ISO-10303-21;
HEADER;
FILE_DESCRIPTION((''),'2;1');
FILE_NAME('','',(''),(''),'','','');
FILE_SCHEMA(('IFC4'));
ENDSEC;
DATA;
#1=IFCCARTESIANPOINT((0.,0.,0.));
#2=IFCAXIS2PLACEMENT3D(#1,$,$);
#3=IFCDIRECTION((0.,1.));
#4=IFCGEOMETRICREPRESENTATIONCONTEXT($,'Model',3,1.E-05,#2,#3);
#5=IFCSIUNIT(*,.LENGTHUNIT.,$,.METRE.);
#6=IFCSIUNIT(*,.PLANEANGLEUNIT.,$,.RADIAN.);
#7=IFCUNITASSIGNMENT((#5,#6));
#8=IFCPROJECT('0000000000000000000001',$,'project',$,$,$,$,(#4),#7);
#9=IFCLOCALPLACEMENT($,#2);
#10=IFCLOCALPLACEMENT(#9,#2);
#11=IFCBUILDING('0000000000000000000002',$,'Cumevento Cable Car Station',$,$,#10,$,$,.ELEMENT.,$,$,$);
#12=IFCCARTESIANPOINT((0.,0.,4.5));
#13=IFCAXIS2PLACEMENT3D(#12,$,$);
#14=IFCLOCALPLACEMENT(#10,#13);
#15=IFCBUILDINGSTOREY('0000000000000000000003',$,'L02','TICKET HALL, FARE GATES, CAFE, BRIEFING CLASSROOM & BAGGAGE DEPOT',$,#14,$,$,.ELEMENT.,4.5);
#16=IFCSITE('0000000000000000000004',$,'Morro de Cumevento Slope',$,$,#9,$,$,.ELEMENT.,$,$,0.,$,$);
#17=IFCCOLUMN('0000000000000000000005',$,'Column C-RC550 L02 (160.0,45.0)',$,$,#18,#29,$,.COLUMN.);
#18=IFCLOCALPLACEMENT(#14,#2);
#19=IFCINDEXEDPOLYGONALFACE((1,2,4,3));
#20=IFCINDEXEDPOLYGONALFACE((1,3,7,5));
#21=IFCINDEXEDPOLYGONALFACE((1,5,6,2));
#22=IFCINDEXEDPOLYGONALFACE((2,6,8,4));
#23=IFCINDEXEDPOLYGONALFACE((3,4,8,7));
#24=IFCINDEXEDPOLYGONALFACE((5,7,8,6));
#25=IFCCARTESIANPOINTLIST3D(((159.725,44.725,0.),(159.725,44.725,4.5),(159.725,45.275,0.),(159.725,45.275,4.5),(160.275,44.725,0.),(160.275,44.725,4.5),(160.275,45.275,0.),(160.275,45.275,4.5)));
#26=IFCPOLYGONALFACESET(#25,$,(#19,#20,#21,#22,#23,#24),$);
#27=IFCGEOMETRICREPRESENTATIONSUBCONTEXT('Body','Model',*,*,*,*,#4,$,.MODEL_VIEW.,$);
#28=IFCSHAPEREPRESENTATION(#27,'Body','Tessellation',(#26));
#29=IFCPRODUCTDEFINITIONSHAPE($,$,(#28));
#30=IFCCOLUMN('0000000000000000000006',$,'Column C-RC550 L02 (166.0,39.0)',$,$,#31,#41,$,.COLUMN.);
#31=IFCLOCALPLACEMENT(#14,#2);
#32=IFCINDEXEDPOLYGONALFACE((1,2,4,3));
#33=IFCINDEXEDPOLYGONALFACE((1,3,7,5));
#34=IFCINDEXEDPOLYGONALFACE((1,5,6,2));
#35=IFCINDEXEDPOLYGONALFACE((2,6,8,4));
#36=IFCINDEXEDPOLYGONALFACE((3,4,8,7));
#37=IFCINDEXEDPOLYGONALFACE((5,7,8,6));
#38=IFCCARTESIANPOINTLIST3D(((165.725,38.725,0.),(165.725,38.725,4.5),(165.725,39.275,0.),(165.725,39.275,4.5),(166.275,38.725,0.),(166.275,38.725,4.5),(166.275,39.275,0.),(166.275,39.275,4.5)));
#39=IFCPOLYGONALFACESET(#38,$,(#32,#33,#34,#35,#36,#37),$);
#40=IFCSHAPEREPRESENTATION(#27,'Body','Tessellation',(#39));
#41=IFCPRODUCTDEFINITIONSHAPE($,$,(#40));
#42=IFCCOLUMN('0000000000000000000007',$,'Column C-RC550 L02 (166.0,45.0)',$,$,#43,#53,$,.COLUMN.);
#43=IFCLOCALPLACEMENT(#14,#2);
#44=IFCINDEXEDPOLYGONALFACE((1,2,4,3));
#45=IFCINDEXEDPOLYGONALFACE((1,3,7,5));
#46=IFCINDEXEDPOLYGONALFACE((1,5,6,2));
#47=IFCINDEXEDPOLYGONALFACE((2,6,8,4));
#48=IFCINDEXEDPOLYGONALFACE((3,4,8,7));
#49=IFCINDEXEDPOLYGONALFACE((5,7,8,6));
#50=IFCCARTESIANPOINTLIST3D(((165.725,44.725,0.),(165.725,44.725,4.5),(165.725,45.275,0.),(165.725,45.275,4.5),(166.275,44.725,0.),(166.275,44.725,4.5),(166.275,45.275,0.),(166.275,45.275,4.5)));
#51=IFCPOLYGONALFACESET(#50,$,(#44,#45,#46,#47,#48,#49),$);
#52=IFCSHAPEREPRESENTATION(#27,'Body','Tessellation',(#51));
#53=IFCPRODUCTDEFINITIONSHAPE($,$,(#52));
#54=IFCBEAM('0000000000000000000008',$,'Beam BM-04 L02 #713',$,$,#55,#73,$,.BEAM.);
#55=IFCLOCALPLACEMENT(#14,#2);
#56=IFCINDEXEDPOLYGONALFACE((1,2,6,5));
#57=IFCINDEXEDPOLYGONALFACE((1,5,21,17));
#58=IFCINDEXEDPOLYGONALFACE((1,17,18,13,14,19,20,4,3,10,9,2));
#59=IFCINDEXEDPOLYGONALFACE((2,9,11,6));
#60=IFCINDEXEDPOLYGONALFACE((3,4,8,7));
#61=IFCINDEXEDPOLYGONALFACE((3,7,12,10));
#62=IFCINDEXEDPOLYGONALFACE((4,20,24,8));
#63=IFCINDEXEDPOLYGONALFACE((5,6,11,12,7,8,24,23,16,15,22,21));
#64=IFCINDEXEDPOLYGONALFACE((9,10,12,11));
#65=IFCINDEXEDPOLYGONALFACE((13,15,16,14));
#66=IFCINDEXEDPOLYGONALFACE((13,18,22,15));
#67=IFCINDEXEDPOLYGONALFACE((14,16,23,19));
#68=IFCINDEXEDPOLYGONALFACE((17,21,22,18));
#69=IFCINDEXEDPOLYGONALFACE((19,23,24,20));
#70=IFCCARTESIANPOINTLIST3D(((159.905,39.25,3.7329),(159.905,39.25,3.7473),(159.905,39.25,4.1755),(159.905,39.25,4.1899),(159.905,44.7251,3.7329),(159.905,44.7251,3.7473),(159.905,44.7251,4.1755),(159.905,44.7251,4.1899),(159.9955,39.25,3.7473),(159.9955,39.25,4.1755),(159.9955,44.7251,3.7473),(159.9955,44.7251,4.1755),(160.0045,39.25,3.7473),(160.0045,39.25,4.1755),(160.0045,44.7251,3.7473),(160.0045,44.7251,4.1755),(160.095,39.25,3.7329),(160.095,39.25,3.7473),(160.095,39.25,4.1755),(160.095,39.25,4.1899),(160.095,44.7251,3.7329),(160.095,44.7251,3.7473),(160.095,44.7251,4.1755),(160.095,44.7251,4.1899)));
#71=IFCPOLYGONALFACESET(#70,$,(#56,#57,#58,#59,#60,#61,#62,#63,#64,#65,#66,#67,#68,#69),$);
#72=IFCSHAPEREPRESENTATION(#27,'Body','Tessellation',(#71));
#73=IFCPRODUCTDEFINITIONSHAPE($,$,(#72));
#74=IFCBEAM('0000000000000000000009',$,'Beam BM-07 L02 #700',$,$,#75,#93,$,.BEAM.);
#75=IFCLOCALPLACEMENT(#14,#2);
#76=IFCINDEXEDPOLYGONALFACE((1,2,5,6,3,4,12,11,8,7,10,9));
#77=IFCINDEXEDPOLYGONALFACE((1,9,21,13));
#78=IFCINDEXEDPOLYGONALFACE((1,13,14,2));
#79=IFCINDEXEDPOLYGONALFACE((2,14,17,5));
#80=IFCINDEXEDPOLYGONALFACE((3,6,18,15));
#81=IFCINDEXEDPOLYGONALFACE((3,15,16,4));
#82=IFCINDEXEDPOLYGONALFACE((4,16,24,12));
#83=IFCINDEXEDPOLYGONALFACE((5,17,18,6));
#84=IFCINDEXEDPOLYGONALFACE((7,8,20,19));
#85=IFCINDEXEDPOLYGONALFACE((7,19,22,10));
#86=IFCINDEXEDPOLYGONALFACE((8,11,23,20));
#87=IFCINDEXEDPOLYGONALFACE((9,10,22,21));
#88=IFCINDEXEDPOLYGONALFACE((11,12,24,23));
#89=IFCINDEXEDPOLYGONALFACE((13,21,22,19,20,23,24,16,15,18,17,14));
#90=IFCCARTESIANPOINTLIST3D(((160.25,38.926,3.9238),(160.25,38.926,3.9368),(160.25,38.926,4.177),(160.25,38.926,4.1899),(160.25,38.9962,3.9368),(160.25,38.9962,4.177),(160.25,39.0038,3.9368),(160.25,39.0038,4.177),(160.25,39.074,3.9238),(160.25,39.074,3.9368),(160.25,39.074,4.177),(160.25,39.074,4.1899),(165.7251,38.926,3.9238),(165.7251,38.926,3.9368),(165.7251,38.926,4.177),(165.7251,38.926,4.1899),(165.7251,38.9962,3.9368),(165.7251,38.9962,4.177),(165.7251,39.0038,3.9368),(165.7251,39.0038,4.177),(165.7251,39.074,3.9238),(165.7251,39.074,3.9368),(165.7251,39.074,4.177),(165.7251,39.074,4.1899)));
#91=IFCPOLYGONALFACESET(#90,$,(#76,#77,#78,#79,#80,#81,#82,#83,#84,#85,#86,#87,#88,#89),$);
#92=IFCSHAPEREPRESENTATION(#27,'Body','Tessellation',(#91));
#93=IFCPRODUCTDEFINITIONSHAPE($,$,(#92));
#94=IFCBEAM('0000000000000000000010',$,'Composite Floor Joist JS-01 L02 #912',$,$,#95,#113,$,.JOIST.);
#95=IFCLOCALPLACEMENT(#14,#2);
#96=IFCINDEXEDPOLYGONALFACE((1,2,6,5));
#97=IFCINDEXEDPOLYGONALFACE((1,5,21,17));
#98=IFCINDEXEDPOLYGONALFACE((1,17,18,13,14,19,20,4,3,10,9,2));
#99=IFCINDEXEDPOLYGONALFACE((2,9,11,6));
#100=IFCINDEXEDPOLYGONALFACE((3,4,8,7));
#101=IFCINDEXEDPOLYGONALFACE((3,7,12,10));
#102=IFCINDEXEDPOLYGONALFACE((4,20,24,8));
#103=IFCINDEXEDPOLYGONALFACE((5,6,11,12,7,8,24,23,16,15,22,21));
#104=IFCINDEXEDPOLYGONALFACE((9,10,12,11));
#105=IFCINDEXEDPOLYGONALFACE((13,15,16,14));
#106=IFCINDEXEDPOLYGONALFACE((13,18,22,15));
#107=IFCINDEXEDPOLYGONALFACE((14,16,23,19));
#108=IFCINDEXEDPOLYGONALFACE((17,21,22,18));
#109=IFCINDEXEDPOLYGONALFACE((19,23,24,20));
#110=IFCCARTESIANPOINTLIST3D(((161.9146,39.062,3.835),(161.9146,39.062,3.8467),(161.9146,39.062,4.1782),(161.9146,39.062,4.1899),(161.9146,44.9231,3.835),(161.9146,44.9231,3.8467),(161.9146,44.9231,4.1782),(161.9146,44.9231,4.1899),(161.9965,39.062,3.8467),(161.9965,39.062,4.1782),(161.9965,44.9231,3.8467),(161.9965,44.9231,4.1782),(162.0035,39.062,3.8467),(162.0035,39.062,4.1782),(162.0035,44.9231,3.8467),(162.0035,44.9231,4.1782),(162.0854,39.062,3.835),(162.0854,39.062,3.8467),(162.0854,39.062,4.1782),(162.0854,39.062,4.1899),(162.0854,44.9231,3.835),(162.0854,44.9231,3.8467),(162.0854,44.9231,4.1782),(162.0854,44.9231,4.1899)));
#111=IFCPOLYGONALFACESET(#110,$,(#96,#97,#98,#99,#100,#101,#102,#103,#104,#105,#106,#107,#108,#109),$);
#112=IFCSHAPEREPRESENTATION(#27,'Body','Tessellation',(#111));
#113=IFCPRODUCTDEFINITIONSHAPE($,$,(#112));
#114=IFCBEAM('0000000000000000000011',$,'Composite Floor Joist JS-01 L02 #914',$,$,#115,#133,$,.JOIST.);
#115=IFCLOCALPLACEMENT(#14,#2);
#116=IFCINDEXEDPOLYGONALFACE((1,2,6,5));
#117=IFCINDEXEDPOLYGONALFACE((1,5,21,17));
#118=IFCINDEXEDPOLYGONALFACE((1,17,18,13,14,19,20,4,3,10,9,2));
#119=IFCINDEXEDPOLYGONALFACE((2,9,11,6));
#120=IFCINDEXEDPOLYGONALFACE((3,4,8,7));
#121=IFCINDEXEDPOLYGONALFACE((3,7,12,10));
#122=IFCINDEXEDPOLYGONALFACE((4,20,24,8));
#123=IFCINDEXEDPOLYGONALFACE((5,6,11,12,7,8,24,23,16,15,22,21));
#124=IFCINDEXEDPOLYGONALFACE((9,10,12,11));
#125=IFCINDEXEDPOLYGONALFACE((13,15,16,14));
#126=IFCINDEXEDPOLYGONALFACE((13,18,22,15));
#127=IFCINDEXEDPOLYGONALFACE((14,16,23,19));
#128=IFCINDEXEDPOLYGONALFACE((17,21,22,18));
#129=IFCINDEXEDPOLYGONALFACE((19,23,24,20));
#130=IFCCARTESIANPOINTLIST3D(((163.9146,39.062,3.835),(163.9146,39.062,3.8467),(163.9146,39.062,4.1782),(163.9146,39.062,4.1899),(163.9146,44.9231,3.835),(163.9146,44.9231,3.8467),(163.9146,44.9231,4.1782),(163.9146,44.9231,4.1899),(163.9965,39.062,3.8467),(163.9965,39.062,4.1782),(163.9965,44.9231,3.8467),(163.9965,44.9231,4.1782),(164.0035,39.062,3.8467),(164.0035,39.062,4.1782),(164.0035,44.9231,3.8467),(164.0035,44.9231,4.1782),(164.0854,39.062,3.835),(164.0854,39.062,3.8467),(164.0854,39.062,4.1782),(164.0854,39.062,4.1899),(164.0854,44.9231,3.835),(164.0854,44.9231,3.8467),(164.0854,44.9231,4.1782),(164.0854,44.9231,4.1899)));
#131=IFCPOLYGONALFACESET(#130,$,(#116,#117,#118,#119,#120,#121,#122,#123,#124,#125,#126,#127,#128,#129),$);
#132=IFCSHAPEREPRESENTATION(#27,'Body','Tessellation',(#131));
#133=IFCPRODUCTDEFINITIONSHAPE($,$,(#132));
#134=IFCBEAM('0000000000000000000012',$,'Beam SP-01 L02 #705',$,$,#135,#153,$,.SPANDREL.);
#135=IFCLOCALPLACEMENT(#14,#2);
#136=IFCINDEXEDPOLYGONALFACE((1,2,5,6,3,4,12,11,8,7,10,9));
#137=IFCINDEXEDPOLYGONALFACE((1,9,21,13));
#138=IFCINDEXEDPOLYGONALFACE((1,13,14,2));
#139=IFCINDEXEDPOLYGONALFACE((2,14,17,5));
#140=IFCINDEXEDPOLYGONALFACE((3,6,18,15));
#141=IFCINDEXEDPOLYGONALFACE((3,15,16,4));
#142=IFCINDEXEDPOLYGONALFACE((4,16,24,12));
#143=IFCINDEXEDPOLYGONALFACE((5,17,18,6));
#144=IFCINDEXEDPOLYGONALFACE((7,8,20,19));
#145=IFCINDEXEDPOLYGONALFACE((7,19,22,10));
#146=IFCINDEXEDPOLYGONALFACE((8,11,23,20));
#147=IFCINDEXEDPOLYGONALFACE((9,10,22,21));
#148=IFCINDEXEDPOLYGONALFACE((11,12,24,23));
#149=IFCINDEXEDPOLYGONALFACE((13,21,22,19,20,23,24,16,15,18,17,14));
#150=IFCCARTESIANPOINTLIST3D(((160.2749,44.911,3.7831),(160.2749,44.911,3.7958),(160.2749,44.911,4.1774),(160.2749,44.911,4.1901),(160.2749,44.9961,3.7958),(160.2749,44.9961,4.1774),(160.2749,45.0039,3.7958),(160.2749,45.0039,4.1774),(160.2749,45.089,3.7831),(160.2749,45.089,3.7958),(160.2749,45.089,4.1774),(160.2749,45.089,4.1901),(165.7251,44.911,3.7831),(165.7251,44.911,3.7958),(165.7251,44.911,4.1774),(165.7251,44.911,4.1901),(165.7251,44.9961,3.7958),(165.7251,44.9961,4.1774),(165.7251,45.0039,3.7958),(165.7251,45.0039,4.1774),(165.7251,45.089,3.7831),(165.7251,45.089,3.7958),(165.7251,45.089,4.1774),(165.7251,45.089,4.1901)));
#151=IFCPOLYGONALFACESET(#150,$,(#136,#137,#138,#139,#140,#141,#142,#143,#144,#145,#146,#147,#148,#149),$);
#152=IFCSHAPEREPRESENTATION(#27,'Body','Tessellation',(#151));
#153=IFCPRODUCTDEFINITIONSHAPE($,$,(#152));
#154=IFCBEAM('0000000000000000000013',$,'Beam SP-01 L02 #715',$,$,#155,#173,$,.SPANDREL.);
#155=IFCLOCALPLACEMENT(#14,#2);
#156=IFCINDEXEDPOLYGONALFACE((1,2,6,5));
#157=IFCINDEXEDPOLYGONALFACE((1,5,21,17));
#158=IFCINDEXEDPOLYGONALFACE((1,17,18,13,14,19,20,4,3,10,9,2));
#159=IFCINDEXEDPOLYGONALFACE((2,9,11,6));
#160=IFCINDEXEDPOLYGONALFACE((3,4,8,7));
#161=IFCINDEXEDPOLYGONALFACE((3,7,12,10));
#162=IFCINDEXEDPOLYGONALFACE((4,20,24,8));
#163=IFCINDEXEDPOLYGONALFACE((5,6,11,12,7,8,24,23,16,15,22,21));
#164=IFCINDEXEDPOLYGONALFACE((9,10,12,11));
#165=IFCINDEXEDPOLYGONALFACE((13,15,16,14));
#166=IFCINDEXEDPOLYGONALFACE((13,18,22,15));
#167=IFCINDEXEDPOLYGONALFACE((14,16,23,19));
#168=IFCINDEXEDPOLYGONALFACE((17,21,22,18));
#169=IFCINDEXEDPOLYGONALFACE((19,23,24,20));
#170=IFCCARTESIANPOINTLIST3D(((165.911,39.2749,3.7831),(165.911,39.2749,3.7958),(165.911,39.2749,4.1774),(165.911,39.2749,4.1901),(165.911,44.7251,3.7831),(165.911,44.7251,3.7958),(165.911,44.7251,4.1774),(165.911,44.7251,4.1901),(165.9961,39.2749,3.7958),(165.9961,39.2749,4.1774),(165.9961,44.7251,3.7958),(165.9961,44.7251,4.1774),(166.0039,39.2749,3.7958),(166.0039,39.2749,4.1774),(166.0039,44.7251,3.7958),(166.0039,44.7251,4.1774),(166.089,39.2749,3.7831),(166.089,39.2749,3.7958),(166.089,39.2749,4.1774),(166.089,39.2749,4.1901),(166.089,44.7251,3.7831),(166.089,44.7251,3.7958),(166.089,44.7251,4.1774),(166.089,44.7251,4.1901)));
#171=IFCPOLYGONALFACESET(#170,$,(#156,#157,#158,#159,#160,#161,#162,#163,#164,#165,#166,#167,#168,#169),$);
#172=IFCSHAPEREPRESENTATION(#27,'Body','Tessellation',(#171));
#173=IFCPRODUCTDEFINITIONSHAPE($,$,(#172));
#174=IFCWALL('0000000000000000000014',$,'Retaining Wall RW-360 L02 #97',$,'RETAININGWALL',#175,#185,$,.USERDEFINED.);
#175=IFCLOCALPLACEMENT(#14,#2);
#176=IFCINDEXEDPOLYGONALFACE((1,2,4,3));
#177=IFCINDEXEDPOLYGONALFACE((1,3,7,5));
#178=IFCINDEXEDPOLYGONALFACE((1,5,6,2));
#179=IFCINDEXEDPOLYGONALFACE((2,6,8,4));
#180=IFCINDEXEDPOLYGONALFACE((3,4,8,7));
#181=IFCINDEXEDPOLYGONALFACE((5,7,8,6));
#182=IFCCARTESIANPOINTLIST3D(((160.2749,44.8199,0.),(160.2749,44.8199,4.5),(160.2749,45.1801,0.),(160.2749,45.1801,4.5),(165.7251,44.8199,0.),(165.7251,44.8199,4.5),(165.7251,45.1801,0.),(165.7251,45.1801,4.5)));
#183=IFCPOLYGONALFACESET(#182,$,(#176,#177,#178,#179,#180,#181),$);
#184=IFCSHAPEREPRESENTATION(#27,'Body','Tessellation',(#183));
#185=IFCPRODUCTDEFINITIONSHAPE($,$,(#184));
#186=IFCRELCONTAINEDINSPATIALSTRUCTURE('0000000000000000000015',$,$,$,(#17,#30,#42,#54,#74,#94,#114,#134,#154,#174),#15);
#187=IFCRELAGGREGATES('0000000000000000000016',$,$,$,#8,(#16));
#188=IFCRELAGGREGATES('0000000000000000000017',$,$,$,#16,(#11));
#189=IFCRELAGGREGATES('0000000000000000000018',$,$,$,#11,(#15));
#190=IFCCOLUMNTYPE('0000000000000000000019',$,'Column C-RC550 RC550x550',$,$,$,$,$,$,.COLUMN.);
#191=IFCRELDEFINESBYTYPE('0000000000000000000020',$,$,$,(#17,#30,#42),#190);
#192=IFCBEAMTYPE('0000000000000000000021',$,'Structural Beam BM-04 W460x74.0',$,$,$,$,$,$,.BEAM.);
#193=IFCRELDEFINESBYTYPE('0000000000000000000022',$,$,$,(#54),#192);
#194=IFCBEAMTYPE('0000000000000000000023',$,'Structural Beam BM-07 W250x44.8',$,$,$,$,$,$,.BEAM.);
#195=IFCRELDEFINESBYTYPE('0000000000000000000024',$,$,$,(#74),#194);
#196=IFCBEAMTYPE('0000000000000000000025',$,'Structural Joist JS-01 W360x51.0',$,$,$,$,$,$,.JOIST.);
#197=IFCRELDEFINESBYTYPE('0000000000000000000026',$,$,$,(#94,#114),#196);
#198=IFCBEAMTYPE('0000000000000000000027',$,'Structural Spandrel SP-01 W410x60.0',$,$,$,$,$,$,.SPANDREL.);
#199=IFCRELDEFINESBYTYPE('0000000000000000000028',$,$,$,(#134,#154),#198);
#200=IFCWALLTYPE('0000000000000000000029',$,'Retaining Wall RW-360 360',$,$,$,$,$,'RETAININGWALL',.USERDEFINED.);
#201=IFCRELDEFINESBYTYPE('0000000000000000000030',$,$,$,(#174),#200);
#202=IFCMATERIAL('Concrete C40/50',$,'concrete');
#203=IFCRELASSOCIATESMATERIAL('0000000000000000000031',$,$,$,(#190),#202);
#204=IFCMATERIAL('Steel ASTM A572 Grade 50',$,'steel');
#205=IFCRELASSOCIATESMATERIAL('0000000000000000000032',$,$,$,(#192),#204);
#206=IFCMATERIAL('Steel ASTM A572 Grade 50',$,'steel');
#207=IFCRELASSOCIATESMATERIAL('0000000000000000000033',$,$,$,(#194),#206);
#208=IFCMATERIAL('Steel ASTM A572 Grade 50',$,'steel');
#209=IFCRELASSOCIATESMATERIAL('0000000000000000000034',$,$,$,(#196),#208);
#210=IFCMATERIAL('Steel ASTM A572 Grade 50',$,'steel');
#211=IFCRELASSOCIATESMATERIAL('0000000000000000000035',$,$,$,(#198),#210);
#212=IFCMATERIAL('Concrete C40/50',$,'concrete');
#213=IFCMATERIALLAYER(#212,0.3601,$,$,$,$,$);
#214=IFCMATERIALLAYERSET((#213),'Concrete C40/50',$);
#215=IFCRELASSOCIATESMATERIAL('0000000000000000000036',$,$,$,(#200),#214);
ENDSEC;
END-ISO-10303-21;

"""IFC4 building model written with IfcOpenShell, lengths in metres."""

from ifc_helpers import new_model, si_unit, direction, frame, frame_2d, origin, origin_2d, place, context, subcontext, project, spatial, rectangle, i_section, extrude, material, layer, layer_set, material_profile, profile_set, type_object, element, save


model = new_model("IFC4")

# Units and contexts
model_context = context("Model", 3, precision=1e-05, world=origin(), true_north=direction((0.0, 1.0)))
body_context = subcontext(model_context, "Body", "Model", "MODEL_VIEW")
ifc_project = project(units=[si_unit("LENGTHUNIT", "METRE"), si_unit("PLANEANGLEUNIT", "RADIAN")], contexts=[model_context])

# Site, building, storey
site_placement = place(None, origin())
site = spatial("IfcSite", under=ifc_project, at=site_placement, Name="Morro de Cumevento Slope", CompositionType="ELEMENT", RefElevation=0.0)
building_placement = place(site_placement, origin())
building = spatial("IfcBuilding", under=site, at=building_placement, Name="Cumevento Cable Car Station", CompositionType="ELEMENT")
storey_placement = place(building_placement, frame((0.0, 0.0, 4.5)))
storey = spatial("IfcBuildingStorey", under=building, at=storey_placement, Name="L02", Description="TICKET HALL, FARE GATES, CAFE, BRIEFING CLASSROOM & BAGGAGE DEPOT", CompositionType="ELEMENT", Elevation=4.5)

# Columns
ifc_material_1 = material(Name="Concrete C40/50", Category="concrete")
ifc_material_profile_1 = material_profile(ifc_material_1, rectangle(XDim=0.55, YDim=0.55, at=origin_2d()), Name="RC550x550")
ifc_profile_set_1 = profile_set([ifc_material_profile_1], Name="Concrete C40/50")
column_type = type_object("IfcColumnType", Name="Column C-RC550 RC550x550", PredefinedType="COLUMN", material=ifc_profile_set_1)
for number, where, z_axis, x_axis, name in (
    (1, (160.0, 45.0, 0.0), (0.0, 0.0, 1.0), (1.0, 0.0, 0.0), "Column C-RC550 L02 (160.0,45.0)"),
    (2, (166.0, 39.0, 0.0), (0.0, 0.0, 1.0), (1.0, 0.0, 0.0), "Column C-RC550 L02 (166.0,39.0)"),
    (3, (166.0, 45.0, 0.0), (0.0, 0.0, 1.0), (1.0, 0.0, 0.0), "Column C-RC550 L02 (166.0,45.0)"),
):
    element("IfcColumn", number, at=place(storey_placement, frame(where, z_axis=z_axis, x_axis=x_axis)), inside=storey, type_object=column_type, Name=name, PredefinedType="COLUMN", context=body_context, shape_type="SweptSolid", body=[
        extrude(rectangle(XDim=0.55, YDim=0.55, at=origin_2d()), origin(), (0.0, 0.0, 1.0), 4.5),
    ])

# Beams
ifc_material_2 = material(Name="Steel ASTM A572 Grade 50", Category="steel")
ifc_material_profile_2 = material_profile(ifc_material_2, i_section(OverallWidth=0.1899, OverallDepth=0.457, WebThickness=0.009, FlangeThickness=0.0144, at=origin_2d()), Name="W460x74.0")
ifc_profile_set_2 = profile_set([ifc_material_profile_2], Name="Steel ASTM A572 Grade 50")
beam_type_1 = type_object("IfcBeamType", Name="Structural Beam BM-04 W460x74.0", PredefinedType="BEAM", material=ifc_profile_set_2)
beam_1_placement = place(storey_placement, frame((160.0, 39.25, 3.9614), z_axis=(0.0, 1.0, 0.0), x_axis=(-1.0, 0.0, 0.0)))
element("IfcBeam", 4, at=beam_1_placement, inside=storey, type_object=beam_type_1, Name="Beam BM-04 L02 #713", PredefinedType="BEAM", context=body_context, shape_type="SweptSolid", body=[
    extrude(i_section(OverallWidth=0.1899, OverallDepth=0.457, WebThickness=0.009, FlangeThickness=0.0144, at=origin_2d()), origin(), (0.0, 0.0, 1.0), 5.4751),
])
ifc_material_3 = material(Name="Steel ASTM A572 Grade 50", Category="steel")
ifc_material_profile_3 = material_profile(ifc_material_3, i_section(OverallWidth=0.1479, OverallDepth=0.2661, WebThickness=0.0076, FlangeThickness=0.0129, at=origin_2d()), Name="W250x44.8")
ifc_profile_set_3 = profile_set([ifc_material_profile_3], Name="Steel ASTM A572 Grade 50")
beam_type_2 = type_object("IfcBeamType", Name="Structural Beam BM-07 W250x44.8", PredefinedType="BEAM", material=ifc_profile_set_3)
beam_2_placement = place(storey_placement, frame((160.25, 39.0, 4.0569), z_axis=(1.0, 0.0, 0.0), x_axis=(0.0, 1.0, 0.0)))
element("IfcBeam", 5, at=beam_2_placement, inside=storey, type_object=beam_type_2, Name="Beam BM-07 L02 #700", PredefinedType="BEAM", context=body_context, shape_type="SweptSolid", body=[
    extrude(i_section(OverallWidth=0.1479, OverallDepth=0.2661, WebThickness=0.0076, FlangeThickness=0.0129, at=origin_2d()), origin(), (0.0, 0.0, 1.0), 5.4751),
])
ifc_material_4 = material(Name="Steel ASTM A572 Grade 50", Category="steel")
ifc_material_profile_4 = material_profile(ifc_material_4, i_section(OverallWidth=0.1709, OverallDepth=0.355, WebThickness=0.0071, FlangeThickness=0.0117, at=origin_2d()), Name="W360x51.0")
ifc_profile_set_4 = profile_set([ifc_material_profile_4], Name="Steel ASTM A572 Grade 50")
beam_type_3 = type_object("IfcBeamType", Name="Structural Joist JS-01 W360x51.0", PredefinedType="JOIST", material=ifc_profile_set_4)
for number, where, z_axis, x_axis, name in (
    (6, (162.0, 39.062, 4.0125), (0.0, 1.0, 0.0), (-1.0, 0.0, 0.0), "Composite Floor Joist JS-01 L02 #912"),
    (7, (164.0, 39.062, 4.0125), (0.0, 1.0, 0.0), (-1.0, 0.0, 0.0), "Composite Floor Joist JS-01 L02 #914"),
):
    element("IfcBeam", number, at=place(storey_placement, frame(where, z_axis=z_axis, x_axis=x_axis)), inside=storey, type_object=beam_type_3, Name=name, PredefinedType="JOIST", context=body_context, shape_type="SweptSolid", body=[
        extrude(i_section(OverallWidth=0.1709, OverallDepth=0.355, WebThickness=0.0071, FlangeThickness=0.0117, at=origin_2d()), origin(), (0.0, 0.0, 1.0), 5.8611),
    ])
ifc_material_5 = material(Name="Steel ASTM A572 Grade 50", Category="steel")
ifc_material_profile_5 = material_profile(ifc_material_5, i_section(OverallWidth=0.178, OverallDepth=0.407, WebThickness=0.0078, FlangeThickness=0.0127, at=origin_2d()), Name="W410x60.0")
ifc_profile_set_5 = profile_set([ifc_material_profile_5], Name="Steel ASTM A572 Grade 50")
beam_type_4 = type_object("IfcBeamType", Name="Structural Spandrel SP-01 W410x60.0", PredefinedType="SPANDREL", material=ifc_profile_set_5)
for number, where, z_axis, x_axis, name in (
    (8, (160.2749, 45.0, 3.9866), (1.0, 0.0, 0.0), (0.0, 1.0, 0.0), "Beam SP-01 L02 #705"),
    (9, (166.0, 39.2749, 3.9866), (0.0, 1.0, 0.0), (-1.0, 0.0, 0.0), "Beam SP-01 L02 #715"),
):
    element("IfcBeam", number, at=place(storey_placement, frame(where, z_axis=z_axis, x_axis=x_axis)), inside=storey, type_object=beam_type_4, Name=name, PredefinedType="SPANDREL", context=body_context, shape_type="SweptSolid", body=[
        extrude(i_section(OverallWidth=0.178, OverallDepth=0.407, WebThickness=0.0078, FlangeThickness=0.0127, at=origin_2d()), origin(), (0.0, 0.0, 1.0), 5.4502),
    ])

# Wall
ifc_material_6 = material(Name="Concrete C40/50", Category="concrete")
ifc_layer_1 = layer(ifc_material_6, 0.3601)
ifc_layer_set_1 = layer_set([ifc_layer_1], Name="Concrete C40/50")
wall_type_1 = type_object("IfcWallType", Name="Retaining Wall RW-360 360", ElementType="RETAININGWALL", PredefinedType="USERDEFINED", material=ifc_layer_set_1)
wall_1_placement = place(storey_placement, frame((160.2749, 45.0, 0.0), z_axis=(0.0, 0.0, 1.0), x_axis=(1.0, 0.0, 0.0)))
element("IfcWall", 10, at=wall_1_placement, inside=storey, type_object=wall_type_1, Name="Retaining Wall RW-360 L02 #97", ObjectType="RETAININGWALL", PredefinedType="USERDEFINED", context=body_context, shape_type="SweptSolid", body=[
    extrude(rectangle(XDim=5.4502, YDim=0.3601, at=frame_2d((2.7251, 0.0))), origin(), (0.0, 0.0, 1.0), 4.5),
])

save(model, "model.ifc")
